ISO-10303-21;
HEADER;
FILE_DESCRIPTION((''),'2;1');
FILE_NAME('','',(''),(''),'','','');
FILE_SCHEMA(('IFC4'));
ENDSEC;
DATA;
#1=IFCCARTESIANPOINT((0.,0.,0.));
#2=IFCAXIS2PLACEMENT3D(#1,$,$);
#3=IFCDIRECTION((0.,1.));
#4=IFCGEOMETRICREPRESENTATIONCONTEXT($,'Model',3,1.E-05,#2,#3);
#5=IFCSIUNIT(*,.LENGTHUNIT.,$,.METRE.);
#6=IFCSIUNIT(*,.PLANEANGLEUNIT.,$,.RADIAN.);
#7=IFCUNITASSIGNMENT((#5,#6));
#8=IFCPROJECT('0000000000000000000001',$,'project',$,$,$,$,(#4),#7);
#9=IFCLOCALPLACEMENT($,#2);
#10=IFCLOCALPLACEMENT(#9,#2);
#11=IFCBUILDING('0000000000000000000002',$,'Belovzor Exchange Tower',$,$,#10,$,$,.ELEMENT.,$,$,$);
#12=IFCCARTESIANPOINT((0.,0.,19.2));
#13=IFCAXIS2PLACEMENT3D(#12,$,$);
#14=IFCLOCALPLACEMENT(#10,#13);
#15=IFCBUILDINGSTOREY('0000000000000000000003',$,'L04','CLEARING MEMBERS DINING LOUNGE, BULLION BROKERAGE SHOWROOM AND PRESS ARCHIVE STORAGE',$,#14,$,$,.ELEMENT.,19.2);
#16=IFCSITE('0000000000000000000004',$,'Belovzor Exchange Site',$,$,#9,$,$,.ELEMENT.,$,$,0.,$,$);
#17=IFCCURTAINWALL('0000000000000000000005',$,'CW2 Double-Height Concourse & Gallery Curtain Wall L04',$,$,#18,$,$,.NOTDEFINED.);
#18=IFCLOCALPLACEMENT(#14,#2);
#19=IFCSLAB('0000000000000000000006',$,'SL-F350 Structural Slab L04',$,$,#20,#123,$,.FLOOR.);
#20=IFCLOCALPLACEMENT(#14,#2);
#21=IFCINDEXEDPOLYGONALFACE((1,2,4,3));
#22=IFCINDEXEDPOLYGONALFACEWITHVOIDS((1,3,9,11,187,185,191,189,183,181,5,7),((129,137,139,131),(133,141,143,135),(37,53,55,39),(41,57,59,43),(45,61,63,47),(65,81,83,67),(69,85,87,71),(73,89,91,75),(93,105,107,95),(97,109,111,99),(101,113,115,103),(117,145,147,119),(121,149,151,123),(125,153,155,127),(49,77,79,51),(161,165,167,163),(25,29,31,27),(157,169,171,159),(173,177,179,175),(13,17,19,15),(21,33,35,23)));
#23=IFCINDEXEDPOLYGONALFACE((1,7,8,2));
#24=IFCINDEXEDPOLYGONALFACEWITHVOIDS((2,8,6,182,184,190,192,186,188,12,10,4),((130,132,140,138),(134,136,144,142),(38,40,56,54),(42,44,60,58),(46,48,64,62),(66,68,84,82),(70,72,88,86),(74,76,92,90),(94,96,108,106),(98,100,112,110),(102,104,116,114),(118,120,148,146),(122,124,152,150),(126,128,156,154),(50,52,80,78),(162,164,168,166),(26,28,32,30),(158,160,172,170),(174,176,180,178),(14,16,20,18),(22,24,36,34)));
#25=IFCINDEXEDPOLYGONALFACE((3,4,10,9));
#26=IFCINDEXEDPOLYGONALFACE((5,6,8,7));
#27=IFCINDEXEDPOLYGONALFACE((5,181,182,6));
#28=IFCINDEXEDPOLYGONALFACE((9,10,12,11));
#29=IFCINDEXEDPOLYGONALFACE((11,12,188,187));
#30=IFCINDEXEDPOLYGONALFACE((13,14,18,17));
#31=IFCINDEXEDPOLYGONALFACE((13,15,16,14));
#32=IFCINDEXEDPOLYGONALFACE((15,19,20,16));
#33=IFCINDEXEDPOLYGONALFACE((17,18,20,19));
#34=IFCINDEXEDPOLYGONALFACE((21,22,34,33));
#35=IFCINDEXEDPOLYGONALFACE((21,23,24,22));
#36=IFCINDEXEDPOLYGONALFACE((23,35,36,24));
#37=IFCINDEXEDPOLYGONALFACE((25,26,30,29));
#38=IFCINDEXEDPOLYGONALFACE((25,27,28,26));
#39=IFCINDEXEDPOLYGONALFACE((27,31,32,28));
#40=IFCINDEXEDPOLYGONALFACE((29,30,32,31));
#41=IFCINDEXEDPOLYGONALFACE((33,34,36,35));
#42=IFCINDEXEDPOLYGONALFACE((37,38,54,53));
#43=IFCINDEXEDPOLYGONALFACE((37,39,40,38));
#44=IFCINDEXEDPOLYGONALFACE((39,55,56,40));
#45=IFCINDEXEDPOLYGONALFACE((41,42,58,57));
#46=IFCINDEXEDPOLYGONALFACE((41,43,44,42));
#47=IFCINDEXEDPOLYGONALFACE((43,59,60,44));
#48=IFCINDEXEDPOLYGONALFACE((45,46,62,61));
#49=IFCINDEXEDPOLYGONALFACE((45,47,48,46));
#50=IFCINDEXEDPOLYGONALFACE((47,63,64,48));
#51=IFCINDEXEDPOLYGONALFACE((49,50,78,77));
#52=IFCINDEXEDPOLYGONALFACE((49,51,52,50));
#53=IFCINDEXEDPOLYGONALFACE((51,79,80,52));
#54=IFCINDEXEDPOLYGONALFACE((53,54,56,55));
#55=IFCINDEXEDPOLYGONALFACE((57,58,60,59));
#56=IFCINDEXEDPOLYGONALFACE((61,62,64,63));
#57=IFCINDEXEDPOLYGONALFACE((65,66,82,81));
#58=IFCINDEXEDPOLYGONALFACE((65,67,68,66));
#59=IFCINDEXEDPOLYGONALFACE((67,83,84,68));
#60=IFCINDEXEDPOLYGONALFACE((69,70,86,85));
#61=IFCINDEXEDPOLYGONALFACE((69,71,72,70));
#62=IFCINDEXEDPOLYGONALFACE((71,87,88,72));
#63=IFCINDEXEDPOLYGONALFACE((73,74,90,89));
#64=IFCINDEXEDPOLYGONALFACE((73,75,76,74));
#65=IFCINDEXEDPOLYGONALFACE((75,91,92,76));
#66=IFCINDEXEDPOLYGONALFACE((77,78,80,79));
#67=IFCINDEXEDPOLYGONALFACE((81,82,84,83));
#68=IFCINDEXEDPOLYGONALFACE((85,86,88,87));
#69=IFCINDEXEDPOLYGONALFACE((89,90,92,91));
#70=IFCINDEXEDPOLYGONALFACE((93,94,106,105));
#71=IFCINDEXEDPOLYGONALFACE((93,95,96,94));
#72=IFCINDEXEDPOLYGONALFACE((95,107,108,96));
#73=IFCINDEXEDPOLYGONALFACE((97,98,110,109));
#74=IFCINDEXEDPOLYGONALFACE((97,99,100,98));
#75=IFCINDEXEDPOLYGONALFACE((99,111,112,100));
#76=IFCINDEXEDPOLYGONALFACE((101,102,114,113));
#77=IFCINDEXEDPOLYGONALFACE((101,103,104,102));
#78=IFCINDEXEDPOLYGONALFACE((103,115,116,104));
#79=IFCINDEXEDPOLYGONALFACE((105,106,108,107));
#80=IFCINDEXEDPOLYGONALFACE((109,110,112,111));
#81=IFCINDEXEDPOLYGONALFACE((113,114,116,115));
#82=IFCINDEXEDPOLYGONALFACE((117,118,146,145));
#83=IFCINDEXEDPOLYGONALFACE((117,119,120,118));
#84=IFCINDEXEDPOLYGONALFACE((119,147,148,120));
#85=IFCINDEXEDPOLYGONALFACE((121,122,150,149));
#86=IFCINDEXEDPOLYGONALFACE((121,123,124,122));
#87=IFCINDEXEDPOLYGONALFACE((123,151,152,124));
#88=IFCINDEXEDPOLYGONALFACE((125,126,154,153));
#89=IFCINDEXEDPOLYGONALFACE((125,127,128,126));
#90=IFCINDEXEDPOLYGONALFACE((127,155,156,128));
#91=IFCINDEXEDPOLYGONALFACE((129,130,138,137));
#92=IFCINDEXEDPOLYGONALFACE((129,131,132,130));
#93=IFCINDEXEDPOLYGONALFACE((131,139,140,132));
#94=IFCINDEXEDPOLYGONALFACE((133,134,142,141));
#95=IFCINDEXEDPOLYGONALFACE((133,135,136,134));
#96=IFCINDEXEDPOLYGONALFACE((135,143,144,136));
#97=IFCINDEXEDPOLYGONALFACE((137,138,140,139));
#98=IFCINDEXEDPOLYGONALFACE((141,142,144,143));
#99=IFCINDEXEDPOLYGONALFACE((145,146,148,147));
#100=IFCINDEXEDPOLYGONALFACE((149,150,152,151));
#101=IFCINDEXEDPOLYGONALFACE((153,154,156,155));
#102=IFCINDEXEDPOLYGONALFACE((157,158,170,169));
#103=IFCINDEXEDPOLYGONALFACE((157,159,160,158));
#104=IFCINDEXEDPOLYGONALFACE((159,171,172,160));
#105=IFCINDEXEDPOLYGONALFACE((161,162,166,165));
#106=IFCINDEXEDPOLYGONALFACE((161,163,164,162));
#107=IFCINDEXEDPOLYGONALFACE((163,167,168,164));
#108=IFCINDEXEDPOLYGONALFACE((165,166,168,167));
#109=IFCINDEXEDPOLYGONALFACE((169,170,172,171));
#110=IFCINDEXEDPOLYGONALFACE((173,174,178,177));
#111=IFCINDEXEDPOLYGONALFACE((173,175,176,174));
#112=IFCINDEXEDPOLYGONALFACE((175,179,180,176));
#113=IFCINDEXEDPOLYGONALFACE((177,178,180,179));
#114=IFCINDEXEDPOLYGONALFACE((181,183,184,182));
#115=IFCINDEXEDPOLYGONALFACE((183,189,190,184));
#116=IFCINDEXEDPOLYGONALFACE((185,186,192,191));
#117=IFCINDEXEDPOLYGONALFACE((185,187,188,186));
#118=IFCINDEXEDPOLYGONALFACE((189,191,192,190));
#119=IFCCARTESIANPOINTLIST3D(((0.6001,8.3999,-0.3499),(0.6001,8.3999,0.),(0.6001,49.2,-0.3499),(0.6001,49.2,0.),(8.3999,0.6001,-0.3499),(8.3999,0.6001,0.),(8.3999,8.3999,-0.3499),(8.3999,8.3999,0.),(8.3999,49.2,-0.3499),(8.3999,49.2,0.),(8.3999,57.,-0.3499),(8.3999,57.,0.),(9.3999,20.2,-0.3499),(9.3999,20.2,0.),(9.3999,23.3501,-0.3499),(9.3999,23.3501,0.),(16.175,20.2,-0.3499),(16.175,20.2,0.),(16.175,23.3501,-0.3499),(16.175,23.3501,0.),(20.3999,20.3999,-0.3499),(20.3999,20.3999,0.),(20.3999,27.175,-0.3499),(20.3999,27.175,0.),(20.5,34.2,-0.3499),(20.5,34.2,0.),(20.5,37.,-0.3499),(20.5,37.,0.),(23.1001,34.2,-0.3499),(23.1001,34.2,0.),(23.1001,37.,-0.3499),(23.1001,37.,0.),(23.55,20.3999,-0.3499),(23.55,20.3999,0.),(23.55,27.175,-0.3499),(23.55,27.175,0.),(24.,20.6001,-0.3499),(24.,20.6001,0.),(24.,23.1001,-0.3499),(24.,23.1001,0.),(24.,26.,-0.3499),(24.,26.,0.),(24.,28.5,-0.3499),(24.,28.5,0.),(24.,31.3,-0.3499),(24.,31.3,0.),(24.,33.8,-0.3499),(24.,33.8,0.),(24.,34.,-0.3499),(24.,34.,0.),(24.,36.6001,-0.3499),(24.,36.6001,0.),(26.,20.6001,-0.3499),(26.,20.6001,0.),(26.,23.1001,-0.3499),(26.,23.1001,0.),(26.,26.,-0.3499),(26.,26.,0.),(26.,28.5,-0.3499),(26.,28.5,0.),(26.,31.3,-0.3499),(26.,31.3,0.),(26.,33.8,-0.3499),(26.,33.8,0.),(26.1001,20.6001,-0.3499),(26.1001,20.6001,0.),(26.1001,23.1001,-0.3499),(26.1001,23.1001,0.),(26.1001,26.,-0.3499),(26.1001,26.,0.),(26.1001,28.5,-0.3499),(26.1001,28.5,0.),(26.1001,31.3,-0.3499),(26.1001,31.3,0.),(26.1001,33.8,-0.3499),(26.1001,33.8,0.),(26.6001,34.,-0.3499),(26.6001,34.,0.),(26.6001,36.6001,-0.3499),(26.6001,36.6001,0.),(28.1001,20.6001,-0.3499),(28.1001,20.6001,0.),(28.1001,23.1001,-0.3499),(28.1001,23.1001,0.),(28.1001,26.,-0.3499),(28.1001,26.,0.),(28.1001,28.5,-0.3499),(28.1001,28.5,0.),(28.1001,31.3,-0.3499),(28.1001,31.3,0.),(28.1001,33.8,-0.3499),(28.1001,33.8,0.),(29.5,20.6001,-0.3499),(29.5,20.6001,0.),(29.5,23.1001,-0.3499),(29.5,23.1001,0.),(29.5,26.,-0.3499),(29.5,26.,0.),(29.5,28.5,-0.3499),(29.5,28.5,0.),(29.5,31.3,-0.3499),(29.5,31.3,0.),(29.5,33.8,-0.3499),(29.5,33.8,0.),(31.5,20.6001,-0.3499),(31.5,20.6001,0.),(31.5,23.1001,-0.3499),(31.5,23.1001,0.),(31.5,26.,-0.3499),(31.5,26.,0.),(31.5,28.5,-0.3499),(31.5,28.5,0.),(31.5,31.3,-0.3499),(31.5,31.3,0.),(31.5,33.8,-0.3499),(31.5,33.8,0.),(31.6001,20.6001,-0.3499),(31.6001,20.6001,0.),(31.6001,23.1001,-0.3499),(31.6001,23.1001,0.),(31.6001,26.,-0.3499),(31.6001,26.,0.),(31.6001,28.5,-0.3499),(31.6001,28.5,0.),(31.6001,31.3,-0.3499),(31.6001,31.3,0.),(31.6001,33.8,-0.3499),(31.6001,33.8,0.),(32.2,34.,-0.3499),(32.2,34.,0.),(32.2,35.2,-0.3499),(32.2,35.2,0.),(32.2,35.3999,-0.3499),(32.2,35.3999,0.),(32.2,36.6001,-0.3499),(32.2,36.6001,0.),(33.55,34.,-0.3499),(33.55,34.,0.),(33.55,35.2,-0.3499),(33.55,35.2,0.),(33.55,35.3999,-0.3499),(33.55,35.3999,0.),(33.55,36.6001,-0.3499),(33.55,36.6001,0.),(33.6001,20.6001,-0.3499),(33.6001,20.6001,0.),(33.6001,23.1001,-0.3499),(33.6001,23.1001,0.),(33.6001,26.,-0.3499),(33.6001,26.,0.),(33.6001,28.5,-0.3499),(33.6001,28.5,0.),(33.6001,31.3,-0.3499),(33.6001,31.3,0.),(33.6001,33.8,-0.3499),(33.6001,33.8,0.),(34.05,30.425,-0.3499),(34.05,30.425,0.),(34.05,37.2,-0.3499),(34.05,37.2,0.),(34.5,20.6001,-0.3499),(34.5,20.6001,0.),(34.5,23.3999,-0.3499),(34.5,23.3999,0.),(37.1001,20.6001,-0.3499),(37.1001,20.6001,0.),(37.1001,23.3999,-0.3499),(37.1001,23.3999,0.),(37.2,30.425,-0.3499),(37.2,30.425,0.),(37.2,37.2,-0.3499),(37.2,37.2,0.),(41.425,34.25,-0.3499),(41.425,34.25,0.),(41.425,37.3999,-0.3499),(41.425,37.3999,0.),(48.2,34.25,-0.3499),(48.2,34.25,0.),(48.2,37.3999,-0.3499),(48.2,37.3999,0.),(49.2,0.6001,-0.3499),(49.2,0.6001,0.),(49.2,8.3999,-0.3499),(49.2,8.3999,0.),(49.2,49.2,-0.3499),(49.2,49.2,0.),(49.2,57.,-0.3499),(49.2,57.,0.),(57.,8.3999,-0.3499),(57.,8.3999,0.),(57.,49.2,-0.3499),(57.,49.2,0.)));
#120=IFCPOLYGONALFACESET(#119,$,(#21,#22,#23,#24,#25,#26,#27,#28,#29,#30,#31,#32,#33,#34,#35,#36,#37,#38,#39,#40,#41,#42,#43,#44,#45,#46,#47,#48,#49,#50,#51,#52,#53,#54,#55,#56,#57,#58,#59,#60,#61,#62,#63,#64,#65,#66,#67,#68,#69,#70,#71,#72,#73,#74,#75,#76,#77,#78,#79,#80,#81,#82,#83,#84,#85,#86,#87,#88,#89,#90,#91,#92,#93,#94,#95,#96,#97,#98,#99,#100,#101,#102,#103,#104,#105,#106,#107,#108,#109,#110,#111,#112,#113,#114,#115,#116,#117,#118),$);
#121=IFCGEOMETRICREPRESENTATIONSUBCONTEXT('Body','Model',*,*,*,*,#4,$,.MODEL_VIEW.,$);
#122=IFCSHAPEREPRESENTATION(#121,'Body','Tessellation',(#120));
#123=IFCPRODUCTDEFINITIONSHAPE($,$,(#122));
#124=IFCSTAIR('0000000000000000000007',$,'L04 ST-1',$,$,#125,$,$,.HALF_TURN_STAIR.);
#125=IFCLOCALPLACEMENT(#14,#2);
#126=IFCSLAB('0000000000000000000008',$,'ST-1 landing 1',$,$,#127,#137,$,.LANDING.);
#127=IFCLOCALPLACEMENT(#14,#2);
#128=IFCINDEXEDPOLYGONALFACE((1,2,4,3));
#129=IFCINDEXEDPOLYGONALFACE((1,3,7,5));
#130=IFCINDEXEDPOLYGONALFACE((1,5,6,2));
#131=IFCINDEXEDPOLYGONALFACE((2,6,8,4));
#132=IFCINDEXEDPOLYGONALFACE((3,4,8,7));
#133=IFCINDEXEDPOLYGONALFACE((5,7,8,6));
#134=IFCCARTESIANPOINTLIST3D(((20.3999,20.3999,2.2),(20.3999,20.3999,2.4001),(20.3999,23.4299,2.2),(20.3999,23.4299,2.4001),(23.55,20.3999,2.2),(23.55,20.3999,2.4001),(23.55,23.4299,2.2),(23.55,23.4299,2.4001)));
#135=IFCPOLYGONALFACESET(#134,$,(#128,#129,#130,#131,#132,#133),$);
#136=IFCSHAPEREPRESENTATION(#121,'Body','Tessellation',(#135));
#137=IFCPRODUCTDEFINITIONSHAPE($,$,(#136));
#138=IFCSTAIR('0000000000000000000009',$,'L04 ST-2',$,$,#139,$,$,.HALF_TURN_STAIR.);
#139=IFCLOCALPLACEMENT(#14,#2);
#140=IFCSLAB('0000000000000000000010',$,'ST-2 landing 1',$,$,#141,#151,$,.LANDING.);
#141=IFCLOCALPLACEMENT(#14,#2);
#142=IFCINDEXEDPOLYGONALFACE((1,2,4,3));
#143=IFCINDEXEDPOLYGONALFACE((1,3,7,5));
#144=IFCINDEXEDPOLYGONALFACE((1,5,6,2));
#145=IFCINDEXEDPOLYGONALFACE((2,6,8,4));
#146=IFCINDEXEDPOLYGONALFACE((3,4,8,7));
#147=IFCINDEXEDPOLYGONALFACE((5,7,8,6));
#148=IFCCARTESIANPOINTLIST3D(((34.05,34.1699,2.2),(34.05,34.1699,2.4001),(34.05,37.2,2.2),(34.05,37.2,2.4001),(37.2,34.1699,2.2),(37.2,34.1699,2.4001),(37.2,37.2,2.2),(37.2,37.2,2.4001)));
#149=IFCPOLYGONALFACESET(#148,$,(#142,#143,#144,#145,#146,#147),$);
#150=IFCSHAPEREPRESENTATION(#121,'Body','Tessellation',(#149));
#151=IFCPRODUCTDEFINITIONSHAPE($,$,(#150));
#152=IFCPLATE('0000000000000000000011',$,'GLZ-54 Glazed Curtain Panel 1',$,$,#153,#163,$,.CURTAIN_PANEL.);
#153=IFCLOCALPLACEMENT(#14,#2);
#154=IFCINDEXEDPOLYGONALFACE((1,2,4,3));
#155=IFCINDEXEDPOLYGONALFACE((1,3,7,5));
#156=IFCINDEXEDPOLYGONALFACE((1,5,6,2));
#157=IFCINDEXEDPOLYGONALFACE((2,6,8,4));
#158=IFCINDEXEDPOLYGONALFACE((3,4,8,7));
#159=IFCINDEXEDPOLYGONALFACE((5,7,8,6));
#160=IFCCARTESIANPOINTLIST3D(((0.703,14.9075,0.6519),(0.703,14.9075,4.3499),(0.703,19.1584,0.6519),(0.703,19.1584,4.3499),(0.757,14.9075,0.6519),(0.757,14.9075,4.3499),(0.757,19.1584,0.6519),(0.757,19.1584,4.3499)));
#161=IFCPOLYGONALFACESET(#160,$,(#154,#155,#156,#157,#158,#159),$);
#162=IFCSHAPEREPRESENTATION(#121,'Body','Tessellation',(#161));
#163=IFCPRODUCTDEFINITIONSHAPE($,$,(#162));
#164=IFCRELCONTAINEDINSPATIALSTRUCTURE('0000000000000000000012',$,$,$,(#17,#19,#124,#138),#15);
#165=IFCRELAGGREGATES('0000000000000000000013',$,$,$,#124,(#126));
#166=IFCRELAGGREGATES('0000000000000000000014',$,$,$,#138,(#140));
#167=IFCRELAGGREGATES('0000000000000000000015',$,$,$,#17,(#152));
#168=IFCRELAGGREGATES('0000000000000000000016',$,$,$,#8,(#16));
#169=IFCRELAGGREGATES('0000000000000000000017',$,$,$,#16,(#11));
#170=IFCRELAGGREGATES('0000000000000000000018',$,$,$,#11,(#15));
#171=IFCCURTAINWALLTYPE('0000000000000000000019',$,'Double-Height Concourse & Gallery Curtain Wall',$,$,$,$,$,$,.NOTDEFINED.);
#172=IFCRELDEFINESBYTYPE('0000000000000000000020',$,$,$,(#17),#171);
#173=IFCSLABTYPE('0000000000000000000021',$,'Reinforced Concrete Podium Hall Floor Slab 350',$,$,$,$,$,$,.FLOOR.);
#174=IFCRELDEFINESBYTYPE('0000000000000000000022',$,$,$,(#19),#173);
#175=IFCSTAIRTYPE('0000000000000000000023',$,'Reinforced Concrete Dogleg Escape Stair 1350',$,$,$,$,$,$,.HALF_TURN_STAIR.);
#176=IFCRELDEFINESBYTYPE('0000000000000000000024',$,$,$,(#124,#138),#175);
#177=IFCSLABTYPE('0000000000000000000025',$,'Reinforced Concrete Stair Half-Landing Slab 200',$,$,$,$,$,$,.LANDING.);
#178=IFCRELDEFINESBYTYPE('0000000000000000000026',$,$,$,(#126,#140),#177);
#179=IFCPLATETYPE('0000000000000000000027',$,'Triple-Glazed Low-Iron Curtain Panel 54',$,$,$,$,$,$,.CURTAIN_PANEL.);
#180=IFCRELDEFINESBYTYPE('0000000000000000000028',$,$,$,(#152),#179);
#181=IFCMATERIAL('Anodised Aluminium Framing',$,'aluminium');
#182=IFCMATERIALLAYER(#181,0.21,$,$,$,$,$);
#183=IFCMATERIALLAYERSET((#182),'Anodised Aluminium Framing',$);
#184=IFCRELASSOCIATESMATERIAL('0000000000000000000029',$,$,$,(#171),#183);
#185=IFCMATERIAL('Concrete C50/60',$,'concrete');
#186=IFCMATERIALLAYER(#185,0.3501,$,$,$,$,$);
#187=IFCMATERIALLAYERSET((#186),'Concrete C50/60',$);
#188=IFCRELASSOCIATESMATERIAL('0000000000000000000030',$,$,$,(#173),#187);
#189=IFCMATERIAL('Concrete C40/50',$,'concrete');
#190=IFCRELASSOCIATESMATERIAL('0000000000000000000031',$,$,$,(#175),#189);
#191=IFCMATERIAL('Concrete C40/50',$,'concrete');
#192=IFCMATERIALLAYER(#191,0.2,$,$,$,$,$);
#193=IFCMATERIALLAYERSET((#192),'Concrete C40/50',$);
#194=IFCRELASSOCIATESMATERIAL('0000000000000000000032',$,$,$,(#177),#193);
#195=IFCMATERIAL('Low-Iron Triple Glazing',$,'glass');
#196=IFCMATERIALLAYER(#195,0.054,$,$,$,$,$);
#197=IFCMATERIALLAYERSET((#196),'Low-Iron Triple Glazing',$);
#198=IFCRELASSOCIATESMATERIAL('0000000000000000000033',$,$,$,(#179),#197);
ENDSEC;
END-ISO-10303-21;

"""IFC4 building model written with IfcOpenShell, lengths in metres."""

from ifc_helpers import new_model, si_unit, direction, frame, origin, origin_2d, place, context, subcontext, project, spatial, polyline, rectangle, outline, extrude, material, layer, layer_set, type_object, element, aggregate, save


model = new_model("IFC4")

# Units and contexts
model_context = context("Model", 3, precision=1e-05, world=origin(), true_north=direction((0.0, 1.0)))
body_context = subcontext(model_context, "Body", "Model", "MODEL_VIEW")
ifc_project = project(units=[si_unit("LENGTHUNIT", "METRE"), si_unit("PLANEANGLEUNIT", "RADIAN")], contexts=[model_context])

# Site, building, storey
site_placement = place(None, origin())
site = spatial("IfcSite", under=ifc_project, at=site_placement, Name="Belovzor Exchange Site", CompositionType="ELEMENT", RefElevation=0.0)
building_placement = place(site_placement, origin())
building = spatial("IfcBuilding", under=site, at=building_placement, Name="Belovzor Exchange Tower", CompositionType="ELEMENT")
storey_placement = place(building_placement, frame((0.0, 0.0, 19.2)))
storey = spatial("IfcBuildingStorey", under=building, at=storey_placement, Name="L04", Description="CLEARING MEMBERS DINING LOUNGE, BULLION BROKERAGE SHOWROOM AND PRESS ARCHIVE STORAGE", CompositionType="ELEMENT", Elevation=19.2)

# Shared definitions
ifc_material_1 = material(Name="Anodised Aluminium Framing", Category="aluminium")
ifc_layer_1 = layer(ifc_material_1, 0.21)
ifc_layer_set_1 = layer_set([ifc_layer_1], Name="Anodised Aluminium Framing")
curtain_wall_type = type_object("IfcCurtainWallType", Name="Double-Height Concourse & Gallery Curtain Wall", PredefinedType="NOTDEFINED", material=ifc_layer_set_1)

# Curtain wall
curtain_wall_1_placement = place(storey_placement, origin())
curtain_wall_1 = element("IfcCurtainWall", 1, at=curtain_wall_1_placement, inside=storey, type_object=curtain_wall_type, Name="CW2 Double-Height Concourse & Gallery Curtain Wall L04", PredefinedType="NOTDEFINED")

# Slab
ifc_material_2 = material(Name="Concrete C50/60", Category="concrete")
ifc_layer_2 = layer(ifc_material_2, 0.3501)
ifc_layer_set_2 = layer_set([ifc_layer_2], Name="Concrete C50/60")
slab_type_1 = type_object("IfcSlabType", Name="Reinforced Concrete Podium Hall Floor Slab 350", PredefinedType="FLOOR", material=ifc_layer_set_2)
slab_1_placement = place(storey_placement, frame((0.0, 0.0, -0.3499)))
element("IfcSlab", 2, at=slab_1_placement, inside=storey, type_object=slab_type_1, Name="SL-F350 Structural Slab L04", PredefinedType="FLOOR", context=body_context, shape_type="SweptSolid", body=[
    extrude(outline(polyline([(8.3999, 0.6001), (49.2, 0.6001), (49.2, 8.3999), (57.0, 8.3999), (57.0, 49.2), (49.2, 49.2), (49.2, 57.0), (8.3999, 57.0), (8.3999, 49.2), (0.6001, 49.2), (0.6001, 8.3999), (8.3999, 8.3999), (8.3999, 0.6001)]), holes=[polyline([(20.3999, 27.175), (20.3999, 20.3999), (23.55, 20.3999), (23.55, 27.175), (20.3999, 27.175)]), polyline([(37.2, 30.425), (37.2, 37.2), (34.05, 37.2), (34.05, 30.425), (37.2, 30.425)]), polyline([(16.175, 23.3501), (9.3999, 23.3501), (9.3999, 20.2), (16.175, 20.2), (16.175, 23.3501)]), polyline([(41.425, 34.25), (48.2, 34.25), (48.2, 37.3999), (41.425, 37.3999), (41.425, 34.25)]), polyline([(20.5, 34.2), (23.1001, 34.2), (23.1001, 37.0), (20.5, 37.0), (20.5, 34.2)]), polyline([(34.5, 20.6001), (37.1001, 20.6001), (37.1001, 23.3999), (34.5, 23.3999), (34.5, 20.6001)]), polyline([(24.0, 34.0), (26.6001, 34.0), (26.6001, 36.6001), (24.0, 36.6001), (24.0, 34.0)]), polyline([(24.0, 20.6001), (26.0, 20.6001), (26.0, 23.1001), (24.0, 23.1001), (24.0, 20.6001)]), polyline([(26.1001, 20.6001), (28.1001, 20.6001), (28.1001, 23.1001), (26.1001, 23.1001), (26.1001, 20.6001)]), polyline([(29.5, 20.6001), (31.5, 20.6001), (31.5, 23.1001), (29.5, 23.1001), (29.5, 20.6001)]), polyline([(31.6001, 20.6001), (33.6001, 20.6001), (33.6001, 23.1001), (31.6001, 23.1001), (31.6001, 20.6001)]), polyline([(24.0, 26.0), (26.0, 26.0), (26.0, 28.5), (24.0, 28.5), (24.0, 26.0)]), polyline([(26.1001, 26.0), (28.1001, 26.0), (28.1001, 28.5), (26.1001, 28.5), (26.1001, 26.0)]), polyline([(29.5, 26.0), (31.5, 26.0), (31.5, 28.5), (29.5, 28.5), (29.5, 26.0)]), polyline([(31.6001, 26.0), (33.6001, 26.0), (33.6001, 28.5), (31.6001, 28.5), (31.6001, 26.0)]), polyline([(24.0, 31.3), (26.0, 31.3), (26.0, 33.8), (24.0, 33.8), (24.0, 31.3)]), polyline([(26.1001, 31.3), (28.1001, 31.3), (28.1001, 33.8), (26.1001, 33.8), (26.1001, 31.3)]), polyline([(29.5, 31.3), (31.5, 31.3), (31.5, 33.8), (29.5, 33.8), (29.5, 31.3)]), polyline([(31.6001, 31.3), (33.6001, 31.3), (33.6001, 33.8), (31.6001, 33.8), (31.6001, 31.3)]), polyline([(32.2, 34.0), (33.55, 34.0), (33.55, 35.2), (32.2, 35.2), (32.2, 34.0)]), polyline([(32.2, 35.3999), (33.55, 35.3999), (33.55, 36.6001), (32.2, 36.6001), (32.2, 35.3999)])]), origin(), (0.0, 0.0, 1.0), 0.3499),
])

# Stairs, slabs
ifc_material_3 = material(Name="Concrete C40/50", Category="concrete")
stair_type = type_object("IfcStairType", Name="Reinforced Concrete Dogleg Escape Stair 1350", PredefinedType="HALF_TURN_STAIR", material=ifc_material_3)
stair_1_placement = place(storey_placement, origin())
stair_1 = element("IfcStair", 3, at=stair_1_placement, inside=storey, type_object=stair_type, Name="L04 ST-1", PredefinedType="HALF_TURN_STAIR")
ifc_material_4 = material(Name="Concrete C40/50", Category="concrete")
ifc_layer_3 = layer(ifc_material_4, 0.2)
ifc_layer_set_3 = layer_set([ifc_layer_3], Name="Concrete C40/50")
slab_type_2 = type_object("IfcSlabType", Name="Reinforced Concrete Stair Half-Landing Slab 200", PredefinedType="LANDING", material=ifc_layer_set_3)
slab_2_placement = place(storey_placement, frame((0.0, 0.0, 2.2)))
slab_2 = element("IfcSlab", 4, at=slab_2_placement, type_object=slab_type_2, Name="ST-1 landing 1", PredefinedType="LANDING", context=body_context, shape_type="SweptSolid", body=[
    extrude(outline(polyline([(20.3999, 23.4299), (20.3999, 20.3999), (23.55, 20.3999), (23.55, 23.4299), (20.3999, 23.4299)])), origin(), (0.0, 0.0, 1.0), 0.2002),
])
aggregate(stair_1, [slab_2])
stair_2_placement = place(storey_placement, origin())
stair_2 = element("IfcStair", 5, at=stair_2_placement, inside=storey, type_object=stair_type, Name="L04 ST-2", PredefinedType="HALF_TURN_STAIR")
slab_3_placement = place(storey_placement, frame((0.0, 0.0, 2.2)))
slab_3 = element("IfcSlab", 6, at=slab_3_placement, type_object=slab_type_2, Name="ST-2 landing 1", PredefinedType="LANDING", context=body_context, shape_type="SweptSolid", body=[
    extrude(outline(polyline([(37.2, 34.1699), (37.2, 37.2), (34.05, 37.2), (34.05, 34.1699), (37.2, 34.1699)])), origin(), (0.0, 0.0, 1.0), 0.2002),
])
aggregate(stair_2, [slab_3])

# Plate
ifc_material_5 = material(Name="Low-Iron Triple Glazing", Category="glass")
ifc_layer_4 = layer(ifc_material_5, 0.054)
ifc_layer_set_4 = layer_set([ifc_layer_4], Name="Low-Iron Triple Glazing")
plate_type_1 = type_object("IfcPlateType", Name="Triple-Glazed Low-Iron Curtain Panel 54", PredefinedType="CURTAIN_PANEL", material=ifc_layer_set_4)
plate_1_placement = place(storey_placement, frame((0.73, 17.033, 0.6519), z_axis=(0.0, 0.0, 1.0), x_axis=(0.0, 1.0, 0.0)))
plate_1 = element("IfcPlate", 7, at=plate_1_placement, type_object=plate_type_1, Name="GLZ-54 Glazed Curtain Panel 1", PredefinedType="CURTAIN_PANEL", context=body_context, shape_type="SweptSolid", body=[
    extrude(rectangle(XDim=4.251, YDim=0.054, at=origin_2d()), origin(), (0.0, 0.0, 1.0), 3.698),
])
aggregate(curtain_wall_1, [plate_1])

save(model, "model.ifc")
